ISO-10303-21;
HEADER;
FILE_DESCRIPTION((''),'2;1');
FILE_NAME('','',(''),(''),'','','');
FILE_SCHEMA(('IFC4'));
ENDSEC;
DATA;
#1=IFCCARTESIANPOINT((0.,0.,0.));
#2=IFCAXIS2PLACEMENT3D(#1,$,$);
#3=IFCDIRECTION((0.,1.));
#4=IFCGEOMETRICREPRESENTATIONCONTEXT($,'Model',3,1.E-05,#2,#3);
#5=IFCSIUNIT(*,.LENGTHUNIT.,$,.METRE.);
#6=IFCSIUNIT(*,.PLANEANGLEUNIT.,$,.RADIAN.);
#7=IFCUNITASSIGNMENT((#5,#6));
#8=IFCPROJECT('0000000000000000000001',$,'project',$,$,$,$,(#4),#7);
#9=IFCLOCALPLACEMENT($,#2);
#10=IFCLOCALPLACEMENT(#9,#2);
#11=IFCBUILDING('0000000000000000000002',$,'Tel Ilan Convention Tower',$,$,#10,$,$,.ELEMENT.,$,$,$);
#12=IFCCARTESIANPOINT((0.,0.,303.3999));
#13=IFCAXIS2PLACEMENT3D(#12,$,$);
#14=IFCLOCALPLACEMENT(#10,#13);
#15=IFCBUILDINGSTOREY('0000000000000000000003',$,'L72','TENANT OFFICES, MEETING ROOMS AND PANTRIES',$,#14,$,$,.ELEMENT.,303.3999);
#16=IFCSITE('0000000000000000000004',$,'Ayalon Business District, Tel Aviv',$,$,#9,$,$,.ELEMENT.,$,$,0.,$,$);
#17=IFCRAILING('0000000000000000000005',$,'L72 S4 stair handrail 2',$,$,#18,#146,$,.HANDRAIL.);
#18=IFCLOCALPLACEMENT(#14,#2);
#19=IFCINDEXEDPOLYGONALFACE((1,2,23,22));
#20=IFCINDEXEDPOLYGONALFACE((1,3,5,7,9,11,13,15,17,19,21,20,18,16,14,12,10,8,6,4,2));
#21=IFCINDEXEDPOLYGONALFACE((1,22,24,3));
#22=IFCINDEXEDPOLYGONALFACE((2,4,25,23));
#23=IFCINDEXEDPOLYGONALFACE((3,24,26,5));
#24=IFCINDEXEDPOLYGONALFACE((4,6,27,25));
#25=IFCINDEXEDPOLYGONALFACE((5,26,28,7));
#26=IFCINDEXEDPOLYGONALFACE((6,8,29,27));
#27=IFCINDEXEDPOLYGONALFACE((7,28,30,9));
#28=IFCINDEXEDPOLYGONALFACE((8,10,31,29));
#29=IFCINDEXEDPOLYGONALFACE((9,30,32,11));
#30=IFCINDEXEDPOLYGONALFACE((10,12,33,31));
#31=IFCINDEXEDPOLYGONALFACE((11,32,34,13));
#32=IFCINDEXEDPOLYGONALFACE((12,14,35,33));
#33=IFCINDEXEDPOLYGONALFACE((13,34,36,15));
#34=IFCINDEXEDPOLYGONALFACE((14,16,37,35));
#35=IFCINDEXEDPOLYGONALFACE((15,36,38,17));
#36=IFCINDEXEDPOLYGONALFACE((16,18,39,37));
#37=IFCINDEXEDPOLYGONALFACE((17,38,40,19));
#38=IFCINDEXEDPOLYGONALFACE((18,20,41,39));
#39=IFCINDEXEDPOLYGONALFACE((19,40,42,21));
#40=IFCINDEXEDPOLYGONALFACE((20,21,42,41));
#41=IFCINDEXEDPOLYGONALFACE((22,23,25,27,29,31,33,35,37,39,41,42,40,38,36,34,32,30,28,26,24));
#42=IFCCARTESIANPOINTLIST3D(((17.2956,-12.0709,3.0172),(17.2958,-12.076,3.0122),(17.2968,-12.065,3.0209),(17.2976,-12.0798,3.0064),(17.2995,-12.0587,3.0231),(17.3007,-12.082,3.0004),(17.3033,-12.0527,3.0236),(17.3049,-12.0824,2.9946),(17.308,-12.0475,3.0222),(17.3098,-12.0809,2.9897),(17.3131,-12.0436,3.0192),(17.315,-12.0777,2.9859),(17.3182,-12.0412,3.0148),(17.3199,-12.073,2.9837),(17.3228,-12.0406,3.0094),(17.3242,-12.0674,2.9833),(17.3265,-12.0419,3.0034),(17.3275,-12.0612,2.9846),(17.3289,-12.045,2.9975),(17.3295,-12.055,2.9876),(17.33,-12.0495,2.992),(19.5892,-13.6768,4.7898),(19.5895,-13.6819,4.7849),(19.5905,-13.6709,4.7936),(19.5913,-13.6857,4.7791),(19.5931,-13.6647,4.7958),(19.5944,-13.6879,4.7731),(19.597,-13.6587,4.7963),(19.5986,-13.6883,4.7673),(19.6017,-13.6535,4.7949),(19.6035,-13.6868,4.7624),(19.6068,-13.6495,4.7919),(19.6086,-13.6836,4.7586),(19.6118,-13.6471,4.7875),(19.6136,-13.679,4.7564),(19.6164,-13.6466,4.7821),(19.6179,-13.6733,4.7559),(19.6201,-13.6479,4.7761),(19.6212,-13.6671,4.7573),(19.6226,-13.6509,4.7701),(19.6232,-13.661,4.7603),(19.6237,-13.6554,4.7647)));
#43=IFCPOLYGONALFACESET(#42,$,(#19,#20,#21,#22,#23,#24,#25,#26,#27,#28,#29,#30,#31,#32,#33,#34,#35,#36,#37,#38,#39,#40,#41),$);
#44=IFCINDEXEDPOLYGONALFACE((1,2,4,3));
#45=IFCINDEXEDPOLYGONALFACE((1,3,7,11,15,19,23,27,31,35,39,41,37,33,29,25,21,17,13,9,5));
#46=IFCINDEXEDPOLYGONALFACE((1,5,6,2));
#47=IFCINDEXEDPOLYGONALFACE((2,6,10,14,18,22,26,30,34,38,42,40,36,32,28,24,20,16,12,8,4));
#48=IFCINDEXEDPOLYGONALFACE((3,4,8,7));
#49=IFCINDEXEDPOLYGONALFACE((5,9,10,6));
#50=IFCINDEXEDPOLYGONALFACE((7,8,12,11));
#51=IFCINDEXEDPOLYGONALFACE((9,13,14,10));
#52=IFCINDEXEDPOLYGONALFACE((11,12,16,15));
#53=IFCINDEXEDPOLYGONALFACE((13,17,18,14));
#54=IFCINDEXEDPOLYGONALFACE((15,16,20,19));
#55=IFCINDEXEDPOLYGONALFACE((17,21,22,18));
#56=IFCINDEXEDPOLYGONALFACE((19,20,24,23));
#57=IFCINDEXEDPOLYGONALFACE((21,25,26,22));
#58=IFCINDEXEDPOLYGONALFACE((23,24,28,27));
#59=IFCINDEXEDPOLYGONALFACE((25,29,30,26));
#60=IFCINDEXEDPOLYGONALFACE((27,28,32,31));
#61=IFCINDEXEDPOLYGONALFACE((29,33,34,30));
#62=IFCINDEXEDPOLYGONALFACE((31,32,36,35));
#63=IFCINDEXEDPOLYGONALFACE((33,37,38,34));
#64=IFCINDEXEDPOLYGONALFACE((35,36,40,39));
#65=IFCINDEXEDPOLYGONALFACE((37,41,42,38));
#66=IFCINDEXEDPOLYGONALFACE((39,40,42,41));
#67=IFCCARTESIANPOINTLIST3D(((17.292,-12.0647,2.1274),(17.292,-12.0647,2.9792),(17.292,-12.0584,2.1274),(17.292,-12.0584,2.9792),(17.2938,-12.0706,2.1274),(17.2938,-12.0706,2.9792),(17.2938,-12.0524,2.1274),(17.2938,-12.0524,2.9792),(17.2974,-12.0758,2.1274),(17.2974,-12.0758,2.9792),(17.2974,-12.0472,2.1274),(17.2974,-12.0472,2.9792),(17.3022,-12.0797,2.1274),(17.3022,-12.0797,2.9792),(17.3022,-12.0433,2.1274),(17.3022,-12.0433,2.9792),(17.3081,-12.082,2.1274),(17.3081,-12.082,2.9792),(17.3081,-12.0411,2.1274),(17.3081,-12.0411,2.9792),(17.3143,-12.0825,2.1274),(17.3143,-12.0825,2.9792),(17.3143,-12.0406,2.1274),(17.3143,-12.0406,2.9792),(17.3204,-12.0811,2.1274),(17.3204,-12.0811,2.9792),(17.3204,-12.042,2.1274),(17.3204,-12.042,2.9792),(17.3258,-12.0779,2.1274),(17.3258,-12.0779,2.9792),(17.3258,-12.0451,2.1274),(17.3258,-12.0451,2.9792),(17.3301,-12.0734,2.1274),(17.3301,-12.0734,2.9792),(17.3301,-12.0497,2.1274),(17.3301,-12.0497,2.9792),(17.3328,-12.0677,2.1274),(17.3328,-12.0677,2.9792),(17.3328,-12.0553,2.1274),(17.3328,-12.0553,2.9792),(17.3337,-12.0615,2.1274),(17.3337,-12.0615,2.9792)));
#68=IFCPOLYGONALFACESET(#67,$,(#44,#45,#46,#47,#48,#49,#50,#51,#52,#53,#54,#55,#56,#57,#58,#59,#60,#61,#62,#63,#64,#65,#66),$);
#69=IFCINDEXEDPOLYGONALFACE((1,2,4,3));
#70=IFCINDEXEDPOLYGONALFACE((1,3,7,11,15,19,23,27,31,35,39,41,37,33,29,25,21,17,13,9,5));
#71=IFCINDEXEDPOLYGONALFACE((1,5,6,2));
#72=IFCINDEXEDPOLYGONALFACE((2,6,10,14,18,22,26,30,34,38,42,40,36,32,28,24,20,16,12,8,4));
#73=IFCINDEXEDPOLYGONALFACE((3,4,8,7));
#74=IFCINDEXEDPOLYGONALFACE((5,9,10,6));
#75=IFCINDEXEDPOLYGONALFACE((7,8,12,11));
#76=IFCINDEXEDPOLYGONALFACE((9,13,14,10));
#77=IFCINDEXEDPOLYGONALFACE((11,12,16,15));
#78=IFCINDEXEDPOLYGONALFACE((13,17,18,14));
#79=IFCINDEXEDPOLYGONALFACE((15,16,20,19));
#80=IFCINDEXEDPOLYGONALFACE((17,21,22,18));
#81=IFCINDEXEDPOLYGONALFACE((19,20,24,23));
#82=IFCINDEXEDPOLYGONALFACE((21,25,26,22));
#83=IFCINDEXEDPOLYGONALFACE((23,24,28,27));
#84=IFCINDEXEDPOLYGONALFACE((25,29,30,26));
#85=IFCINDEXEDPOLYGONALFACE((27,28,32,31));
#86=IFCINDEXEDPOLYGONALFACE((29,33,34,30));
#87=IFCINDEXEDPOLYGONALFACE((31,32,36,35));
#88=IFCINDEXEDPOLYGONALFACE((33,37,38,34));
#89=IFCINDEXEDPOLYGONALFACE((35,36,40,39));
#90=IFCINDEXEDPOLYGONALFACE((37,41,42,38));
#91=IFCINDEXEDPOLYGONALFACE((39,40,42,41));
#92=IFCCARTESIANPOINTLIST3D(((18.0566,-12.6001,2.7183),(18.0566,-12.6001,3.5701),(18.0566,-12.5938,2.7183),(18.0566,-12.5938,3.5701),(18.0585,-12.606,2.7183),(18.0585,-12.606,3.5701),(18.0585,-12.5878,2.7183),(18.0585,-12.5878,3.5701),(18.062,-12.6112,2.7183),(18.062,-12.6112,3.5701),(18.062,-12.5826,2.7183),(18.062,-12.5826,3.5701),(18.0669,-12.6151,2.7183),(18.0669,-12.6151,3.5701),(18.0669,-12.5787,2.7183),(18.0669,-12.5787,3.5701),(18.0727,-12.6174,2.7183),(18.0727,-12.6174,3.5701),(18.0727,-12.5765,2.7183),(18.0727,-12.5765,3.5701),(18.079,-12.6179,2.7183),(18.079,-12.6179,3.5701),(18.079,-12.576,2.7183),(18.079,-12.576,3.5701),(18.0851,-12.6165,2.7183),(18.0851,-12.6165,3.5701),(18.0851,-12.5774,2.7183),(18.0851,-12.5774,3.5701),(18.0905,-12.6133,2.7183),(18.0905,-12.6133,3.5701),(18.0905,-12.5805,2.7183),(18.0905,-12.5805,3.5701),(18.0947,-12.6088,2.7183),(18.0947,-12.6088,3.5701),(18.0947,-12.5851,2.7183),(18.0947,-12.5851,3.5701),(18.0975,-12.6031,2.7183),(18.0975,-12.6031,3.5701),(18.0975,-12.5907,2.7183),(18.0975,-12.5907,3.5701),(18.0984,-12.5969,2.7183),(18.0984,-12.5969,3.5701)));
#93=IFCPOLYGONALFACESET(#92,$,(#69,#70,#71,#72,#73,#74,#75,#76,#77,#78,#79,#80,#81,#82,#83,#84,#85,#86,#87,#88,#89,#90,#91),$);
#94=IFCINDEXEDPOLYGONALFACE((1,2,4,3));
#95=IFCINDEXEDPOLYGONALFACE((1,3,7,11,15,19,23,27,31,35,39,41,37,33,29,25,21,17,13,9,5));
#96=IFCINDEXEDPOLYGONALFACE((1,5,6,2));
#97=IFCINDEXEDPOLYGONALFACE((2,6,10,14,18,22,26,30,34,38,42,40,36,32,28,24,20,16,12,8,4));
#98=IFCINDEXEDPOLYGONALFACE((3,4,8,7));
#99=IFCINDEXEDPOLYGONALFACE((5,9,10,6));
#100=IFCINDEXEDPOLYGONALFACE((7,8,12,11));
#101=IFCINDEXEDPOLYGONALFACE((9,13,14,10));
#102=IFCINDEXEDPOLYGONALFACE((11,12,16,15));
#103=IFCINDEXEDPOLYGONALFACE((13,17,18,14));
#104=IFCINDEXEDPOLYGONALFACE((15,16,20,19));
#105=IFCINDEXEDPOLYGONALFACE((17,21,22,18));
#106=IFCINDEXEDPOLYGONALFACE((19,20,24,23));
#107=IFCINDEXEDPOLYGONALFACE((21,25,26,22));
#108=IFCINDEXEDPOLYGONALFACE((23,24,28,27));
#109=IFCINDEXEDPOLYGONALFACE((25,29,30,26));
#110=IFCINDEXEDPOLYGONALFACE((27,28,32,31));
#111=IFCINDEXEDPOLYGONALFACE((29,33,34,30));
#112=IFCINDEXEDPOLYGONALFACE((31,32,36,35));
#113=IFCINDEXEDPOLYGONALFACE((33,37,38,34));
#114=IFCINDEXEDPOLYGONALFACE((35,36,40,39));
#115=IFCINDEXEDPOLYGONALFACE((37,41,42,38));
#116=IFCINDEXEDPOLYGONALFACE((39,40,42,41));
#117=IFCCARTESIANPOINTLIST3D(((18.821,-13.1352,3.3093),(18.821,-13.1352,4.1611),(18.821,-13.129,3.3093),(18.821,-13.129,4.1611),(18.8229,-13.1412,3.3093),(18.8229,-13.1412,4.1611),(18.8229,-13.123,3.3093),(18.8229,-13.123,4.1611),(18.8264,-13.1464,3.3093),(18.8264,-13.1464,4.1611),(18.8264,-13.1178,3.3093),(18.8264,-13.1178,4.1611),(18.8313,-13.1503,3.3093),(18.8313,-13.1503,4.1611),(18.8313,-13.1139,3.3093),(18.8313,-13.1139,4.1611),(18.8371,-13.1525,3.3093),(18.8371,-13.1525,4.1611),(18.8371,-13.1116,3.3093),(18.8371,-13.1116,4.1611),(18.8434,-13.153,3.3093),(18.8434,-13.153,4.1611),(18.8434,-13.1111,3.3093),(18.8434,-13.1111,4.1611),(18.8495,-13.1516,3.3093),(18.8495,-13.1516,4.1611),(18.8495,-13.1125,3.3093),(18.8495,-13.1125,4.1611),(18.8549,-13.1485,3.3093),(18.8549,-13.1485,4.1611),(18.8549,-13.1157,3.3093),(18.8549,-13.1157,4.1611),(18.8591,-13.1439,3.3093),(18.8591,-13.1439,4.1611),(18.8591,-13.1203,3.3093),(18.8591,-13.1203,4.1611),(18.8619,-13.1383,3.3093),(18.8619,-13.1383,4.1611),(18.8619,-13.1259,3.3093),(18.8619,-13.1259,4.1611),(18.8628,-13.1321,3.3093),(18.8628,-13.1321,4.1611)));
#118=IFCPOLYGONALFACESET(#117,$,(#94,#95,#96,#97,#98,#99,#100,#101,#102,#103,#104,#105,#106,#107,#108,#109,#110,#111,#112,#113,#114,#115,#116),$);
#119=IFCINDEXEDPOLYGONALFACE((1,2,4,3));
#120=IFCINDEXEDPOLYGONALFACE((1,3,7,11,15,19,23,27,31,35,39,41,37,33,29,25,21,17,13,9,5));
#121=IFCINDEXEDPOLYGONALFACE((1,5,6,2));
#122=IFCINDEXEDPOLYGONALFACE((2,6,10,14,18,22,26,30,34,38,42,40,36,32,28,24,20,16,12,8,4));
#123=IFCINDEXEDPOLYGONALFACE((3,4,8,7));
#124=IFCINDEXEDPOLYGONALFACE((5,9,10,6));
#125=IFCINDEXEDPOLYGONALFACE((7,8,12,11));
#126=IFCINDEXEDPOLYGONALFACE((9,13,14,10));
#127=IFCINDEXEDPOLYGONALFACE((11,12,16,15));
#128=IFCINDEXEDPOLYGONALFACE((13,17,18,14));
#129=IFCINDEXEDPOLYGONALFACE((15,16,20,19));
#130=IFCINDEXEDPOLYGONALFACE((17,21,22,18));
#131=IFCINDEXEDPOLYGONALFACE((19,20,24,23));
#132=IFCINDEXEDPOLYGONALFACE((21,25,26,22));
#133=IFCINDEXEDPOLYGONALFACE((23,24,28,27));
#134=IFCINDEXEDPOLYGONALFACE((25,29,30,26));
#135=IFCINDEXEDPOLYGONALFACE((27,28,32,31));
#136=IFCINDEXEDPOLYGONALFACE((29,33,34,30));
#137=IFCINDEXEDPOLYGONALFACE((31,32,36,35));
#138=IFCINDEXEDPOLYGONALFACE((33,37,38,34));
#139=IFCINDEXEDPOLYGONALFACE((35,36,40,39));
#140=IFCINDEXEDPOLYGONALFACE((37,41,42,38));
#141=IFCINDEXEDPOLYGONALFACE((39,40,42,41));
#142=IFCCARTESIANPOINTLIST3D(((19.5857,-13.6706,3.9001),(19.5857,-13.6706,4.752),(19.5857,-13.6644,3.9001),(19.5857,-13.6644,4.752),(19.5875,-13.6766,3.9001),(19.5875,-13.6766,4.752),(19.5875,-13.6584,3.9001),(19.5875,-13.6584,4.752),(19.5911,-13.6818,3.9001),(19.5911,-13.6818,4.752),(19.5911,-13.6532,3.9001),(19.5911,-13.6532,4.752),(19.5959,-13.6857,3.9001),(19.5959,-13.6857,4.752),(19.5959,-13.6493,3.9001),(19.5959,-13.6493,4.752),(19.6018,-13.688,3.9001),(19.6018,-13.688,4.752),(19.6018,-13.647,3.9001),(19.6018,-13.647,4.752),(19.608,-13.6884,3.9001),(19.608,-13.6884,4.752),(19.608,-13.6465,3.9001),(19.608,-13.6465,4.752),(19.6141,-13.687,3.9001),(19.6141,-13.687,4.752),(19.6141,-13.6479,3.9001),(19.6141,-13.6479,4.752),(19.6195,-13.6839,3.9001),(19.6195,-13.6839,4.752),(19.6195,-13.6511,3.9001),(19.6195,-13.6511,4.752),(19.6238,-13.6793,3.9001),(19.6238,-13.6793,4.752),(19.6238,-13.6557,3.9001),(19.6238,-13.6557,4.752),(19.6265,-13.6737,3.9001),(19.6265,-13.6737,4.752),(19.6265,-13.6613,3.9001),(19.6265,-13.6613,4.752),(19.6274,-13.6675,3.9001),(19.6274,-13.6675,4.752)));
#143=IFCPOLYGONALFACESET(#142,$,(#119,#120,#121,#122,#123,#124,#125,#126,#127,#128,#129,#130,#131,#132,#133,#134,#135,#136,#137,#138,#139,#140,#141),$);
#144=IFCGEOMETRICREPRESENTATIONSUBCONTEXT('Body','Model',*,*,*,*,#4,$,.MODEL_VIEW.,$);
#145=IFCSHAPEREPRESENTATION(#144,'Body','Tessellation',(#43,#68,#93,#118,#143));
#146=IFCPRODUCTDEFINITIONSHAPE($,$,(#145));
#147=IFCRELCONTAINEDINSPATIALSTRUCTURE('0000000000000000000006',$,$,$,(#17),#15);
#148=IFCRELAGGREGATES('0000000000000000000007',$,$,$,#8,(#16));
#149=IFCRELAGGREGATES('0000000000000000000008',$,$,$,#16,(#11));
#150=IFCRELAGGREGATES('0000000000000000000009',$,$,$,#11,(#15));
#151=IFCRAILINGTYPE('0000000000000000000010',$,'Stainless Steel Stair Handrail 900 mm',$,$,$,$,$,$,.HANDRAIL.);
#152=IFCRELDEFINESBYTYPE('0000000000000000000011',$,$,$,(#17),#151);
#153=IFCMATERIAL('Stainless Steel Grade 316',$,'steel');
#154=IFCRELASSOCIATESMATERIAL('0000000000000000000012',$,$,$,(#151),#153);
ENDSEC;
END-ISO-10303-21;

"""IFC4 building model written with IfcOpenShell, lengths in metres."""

from ifc_helpers import new_model, si_unit, direction, frame, origin, origin_2d, place, context, subcontext, project, spatial, circle, extrude, material, type_object, element, save


model = new_model("IFC4")

# Units and contexts
model_context = context("Model", 3, precision=1e-05, world=origin(), true_north=direction((0.0, 1.0)))
body_context = subcontext(model_context, "Body", "Model", "MODEL_VIEW")
ifc_project = project(units=[si_unit("LENGTHUNIT", "METRE"), si_unit("PLANEANGLEUNIT", "RADIAN")], contexts=[model_context])

# Site, building, storey
site_placement = place(None, origin())
site = spatial("IfcSite", under=ifc_project, at=site_placement, Name="Ayalon Business District, Tel Aviv", CompositionType="ELEMENT", RefElevation=0.0)
building_placement = place(site_placement, origin())
building = spatial("IfcBuilding", under=site, at=building_placement, Name="Tel Ilan Convention Tower", CompositionType="ELEMENT")
storey_placement = place(building_placement, frame((0.0, 0.0, 303.3999)))
storey = spatial("IfcBuildingStorey", under=building, at=storey_placement, Name="L72", Description="TENANT OFFICES, MEETING ROOMS AND PANTRIES", CompositionType="ELEMENT", Elevation=303.3999)

# Railing
ifc_material_1 = material(Name="Stainless Steel Grade 316", Category="steel")
railing_type = type_object("IfcRailingType", Name="Stainless Steel Stair Handrail 900 mm", PredefinedType="HANDRAIL", material=ifc_material_1)
railing_placement = place(storey_placement, frame((17.3127, -12.0615, 2.1274)))
element("IfcRailing", 1, at=railing_placement, inside=storey, type_object=railing_type, Name="L72 S4 stair handrail 2", PredefinedType="HANDRAIL", context=body_context, shape_type="SweptSolid", body=[
    extrude(circle(Radius=0.0239, at=origin_2d()), frame((0.0, 0.0, 0.876), z_axis=(0.692123, -0.484597, 0.534913), x_axis=(0.57355, 0.81917, 0.0)), (0.0, 0.0, 1.0), 3.314),
    extrude(circle(Radius=0.021, at=origin_2d()), origin(), (0.0, 0.0, 1.0), 0.8518),
    extrude(circle(Radius=0.021, at=origin_2d()), frame((0.7646, -0.5354, 0.5908)), (0.0, 0.0, 1.0), 0.8518),
    extrude(circle(Radius=0.021, at=origin_2d()), frame((1.5291, -1.0706, 1.1819)), (0.0, 0.0, 1.0), 0.8518),
    extrude(circle(Radius=0.021, at=origin_2d()), frame((2.2937, -1.606, 1.7727)), (0.0, 0.0, 1.0), 0.8518),
])

save(model, "model.ifc")
